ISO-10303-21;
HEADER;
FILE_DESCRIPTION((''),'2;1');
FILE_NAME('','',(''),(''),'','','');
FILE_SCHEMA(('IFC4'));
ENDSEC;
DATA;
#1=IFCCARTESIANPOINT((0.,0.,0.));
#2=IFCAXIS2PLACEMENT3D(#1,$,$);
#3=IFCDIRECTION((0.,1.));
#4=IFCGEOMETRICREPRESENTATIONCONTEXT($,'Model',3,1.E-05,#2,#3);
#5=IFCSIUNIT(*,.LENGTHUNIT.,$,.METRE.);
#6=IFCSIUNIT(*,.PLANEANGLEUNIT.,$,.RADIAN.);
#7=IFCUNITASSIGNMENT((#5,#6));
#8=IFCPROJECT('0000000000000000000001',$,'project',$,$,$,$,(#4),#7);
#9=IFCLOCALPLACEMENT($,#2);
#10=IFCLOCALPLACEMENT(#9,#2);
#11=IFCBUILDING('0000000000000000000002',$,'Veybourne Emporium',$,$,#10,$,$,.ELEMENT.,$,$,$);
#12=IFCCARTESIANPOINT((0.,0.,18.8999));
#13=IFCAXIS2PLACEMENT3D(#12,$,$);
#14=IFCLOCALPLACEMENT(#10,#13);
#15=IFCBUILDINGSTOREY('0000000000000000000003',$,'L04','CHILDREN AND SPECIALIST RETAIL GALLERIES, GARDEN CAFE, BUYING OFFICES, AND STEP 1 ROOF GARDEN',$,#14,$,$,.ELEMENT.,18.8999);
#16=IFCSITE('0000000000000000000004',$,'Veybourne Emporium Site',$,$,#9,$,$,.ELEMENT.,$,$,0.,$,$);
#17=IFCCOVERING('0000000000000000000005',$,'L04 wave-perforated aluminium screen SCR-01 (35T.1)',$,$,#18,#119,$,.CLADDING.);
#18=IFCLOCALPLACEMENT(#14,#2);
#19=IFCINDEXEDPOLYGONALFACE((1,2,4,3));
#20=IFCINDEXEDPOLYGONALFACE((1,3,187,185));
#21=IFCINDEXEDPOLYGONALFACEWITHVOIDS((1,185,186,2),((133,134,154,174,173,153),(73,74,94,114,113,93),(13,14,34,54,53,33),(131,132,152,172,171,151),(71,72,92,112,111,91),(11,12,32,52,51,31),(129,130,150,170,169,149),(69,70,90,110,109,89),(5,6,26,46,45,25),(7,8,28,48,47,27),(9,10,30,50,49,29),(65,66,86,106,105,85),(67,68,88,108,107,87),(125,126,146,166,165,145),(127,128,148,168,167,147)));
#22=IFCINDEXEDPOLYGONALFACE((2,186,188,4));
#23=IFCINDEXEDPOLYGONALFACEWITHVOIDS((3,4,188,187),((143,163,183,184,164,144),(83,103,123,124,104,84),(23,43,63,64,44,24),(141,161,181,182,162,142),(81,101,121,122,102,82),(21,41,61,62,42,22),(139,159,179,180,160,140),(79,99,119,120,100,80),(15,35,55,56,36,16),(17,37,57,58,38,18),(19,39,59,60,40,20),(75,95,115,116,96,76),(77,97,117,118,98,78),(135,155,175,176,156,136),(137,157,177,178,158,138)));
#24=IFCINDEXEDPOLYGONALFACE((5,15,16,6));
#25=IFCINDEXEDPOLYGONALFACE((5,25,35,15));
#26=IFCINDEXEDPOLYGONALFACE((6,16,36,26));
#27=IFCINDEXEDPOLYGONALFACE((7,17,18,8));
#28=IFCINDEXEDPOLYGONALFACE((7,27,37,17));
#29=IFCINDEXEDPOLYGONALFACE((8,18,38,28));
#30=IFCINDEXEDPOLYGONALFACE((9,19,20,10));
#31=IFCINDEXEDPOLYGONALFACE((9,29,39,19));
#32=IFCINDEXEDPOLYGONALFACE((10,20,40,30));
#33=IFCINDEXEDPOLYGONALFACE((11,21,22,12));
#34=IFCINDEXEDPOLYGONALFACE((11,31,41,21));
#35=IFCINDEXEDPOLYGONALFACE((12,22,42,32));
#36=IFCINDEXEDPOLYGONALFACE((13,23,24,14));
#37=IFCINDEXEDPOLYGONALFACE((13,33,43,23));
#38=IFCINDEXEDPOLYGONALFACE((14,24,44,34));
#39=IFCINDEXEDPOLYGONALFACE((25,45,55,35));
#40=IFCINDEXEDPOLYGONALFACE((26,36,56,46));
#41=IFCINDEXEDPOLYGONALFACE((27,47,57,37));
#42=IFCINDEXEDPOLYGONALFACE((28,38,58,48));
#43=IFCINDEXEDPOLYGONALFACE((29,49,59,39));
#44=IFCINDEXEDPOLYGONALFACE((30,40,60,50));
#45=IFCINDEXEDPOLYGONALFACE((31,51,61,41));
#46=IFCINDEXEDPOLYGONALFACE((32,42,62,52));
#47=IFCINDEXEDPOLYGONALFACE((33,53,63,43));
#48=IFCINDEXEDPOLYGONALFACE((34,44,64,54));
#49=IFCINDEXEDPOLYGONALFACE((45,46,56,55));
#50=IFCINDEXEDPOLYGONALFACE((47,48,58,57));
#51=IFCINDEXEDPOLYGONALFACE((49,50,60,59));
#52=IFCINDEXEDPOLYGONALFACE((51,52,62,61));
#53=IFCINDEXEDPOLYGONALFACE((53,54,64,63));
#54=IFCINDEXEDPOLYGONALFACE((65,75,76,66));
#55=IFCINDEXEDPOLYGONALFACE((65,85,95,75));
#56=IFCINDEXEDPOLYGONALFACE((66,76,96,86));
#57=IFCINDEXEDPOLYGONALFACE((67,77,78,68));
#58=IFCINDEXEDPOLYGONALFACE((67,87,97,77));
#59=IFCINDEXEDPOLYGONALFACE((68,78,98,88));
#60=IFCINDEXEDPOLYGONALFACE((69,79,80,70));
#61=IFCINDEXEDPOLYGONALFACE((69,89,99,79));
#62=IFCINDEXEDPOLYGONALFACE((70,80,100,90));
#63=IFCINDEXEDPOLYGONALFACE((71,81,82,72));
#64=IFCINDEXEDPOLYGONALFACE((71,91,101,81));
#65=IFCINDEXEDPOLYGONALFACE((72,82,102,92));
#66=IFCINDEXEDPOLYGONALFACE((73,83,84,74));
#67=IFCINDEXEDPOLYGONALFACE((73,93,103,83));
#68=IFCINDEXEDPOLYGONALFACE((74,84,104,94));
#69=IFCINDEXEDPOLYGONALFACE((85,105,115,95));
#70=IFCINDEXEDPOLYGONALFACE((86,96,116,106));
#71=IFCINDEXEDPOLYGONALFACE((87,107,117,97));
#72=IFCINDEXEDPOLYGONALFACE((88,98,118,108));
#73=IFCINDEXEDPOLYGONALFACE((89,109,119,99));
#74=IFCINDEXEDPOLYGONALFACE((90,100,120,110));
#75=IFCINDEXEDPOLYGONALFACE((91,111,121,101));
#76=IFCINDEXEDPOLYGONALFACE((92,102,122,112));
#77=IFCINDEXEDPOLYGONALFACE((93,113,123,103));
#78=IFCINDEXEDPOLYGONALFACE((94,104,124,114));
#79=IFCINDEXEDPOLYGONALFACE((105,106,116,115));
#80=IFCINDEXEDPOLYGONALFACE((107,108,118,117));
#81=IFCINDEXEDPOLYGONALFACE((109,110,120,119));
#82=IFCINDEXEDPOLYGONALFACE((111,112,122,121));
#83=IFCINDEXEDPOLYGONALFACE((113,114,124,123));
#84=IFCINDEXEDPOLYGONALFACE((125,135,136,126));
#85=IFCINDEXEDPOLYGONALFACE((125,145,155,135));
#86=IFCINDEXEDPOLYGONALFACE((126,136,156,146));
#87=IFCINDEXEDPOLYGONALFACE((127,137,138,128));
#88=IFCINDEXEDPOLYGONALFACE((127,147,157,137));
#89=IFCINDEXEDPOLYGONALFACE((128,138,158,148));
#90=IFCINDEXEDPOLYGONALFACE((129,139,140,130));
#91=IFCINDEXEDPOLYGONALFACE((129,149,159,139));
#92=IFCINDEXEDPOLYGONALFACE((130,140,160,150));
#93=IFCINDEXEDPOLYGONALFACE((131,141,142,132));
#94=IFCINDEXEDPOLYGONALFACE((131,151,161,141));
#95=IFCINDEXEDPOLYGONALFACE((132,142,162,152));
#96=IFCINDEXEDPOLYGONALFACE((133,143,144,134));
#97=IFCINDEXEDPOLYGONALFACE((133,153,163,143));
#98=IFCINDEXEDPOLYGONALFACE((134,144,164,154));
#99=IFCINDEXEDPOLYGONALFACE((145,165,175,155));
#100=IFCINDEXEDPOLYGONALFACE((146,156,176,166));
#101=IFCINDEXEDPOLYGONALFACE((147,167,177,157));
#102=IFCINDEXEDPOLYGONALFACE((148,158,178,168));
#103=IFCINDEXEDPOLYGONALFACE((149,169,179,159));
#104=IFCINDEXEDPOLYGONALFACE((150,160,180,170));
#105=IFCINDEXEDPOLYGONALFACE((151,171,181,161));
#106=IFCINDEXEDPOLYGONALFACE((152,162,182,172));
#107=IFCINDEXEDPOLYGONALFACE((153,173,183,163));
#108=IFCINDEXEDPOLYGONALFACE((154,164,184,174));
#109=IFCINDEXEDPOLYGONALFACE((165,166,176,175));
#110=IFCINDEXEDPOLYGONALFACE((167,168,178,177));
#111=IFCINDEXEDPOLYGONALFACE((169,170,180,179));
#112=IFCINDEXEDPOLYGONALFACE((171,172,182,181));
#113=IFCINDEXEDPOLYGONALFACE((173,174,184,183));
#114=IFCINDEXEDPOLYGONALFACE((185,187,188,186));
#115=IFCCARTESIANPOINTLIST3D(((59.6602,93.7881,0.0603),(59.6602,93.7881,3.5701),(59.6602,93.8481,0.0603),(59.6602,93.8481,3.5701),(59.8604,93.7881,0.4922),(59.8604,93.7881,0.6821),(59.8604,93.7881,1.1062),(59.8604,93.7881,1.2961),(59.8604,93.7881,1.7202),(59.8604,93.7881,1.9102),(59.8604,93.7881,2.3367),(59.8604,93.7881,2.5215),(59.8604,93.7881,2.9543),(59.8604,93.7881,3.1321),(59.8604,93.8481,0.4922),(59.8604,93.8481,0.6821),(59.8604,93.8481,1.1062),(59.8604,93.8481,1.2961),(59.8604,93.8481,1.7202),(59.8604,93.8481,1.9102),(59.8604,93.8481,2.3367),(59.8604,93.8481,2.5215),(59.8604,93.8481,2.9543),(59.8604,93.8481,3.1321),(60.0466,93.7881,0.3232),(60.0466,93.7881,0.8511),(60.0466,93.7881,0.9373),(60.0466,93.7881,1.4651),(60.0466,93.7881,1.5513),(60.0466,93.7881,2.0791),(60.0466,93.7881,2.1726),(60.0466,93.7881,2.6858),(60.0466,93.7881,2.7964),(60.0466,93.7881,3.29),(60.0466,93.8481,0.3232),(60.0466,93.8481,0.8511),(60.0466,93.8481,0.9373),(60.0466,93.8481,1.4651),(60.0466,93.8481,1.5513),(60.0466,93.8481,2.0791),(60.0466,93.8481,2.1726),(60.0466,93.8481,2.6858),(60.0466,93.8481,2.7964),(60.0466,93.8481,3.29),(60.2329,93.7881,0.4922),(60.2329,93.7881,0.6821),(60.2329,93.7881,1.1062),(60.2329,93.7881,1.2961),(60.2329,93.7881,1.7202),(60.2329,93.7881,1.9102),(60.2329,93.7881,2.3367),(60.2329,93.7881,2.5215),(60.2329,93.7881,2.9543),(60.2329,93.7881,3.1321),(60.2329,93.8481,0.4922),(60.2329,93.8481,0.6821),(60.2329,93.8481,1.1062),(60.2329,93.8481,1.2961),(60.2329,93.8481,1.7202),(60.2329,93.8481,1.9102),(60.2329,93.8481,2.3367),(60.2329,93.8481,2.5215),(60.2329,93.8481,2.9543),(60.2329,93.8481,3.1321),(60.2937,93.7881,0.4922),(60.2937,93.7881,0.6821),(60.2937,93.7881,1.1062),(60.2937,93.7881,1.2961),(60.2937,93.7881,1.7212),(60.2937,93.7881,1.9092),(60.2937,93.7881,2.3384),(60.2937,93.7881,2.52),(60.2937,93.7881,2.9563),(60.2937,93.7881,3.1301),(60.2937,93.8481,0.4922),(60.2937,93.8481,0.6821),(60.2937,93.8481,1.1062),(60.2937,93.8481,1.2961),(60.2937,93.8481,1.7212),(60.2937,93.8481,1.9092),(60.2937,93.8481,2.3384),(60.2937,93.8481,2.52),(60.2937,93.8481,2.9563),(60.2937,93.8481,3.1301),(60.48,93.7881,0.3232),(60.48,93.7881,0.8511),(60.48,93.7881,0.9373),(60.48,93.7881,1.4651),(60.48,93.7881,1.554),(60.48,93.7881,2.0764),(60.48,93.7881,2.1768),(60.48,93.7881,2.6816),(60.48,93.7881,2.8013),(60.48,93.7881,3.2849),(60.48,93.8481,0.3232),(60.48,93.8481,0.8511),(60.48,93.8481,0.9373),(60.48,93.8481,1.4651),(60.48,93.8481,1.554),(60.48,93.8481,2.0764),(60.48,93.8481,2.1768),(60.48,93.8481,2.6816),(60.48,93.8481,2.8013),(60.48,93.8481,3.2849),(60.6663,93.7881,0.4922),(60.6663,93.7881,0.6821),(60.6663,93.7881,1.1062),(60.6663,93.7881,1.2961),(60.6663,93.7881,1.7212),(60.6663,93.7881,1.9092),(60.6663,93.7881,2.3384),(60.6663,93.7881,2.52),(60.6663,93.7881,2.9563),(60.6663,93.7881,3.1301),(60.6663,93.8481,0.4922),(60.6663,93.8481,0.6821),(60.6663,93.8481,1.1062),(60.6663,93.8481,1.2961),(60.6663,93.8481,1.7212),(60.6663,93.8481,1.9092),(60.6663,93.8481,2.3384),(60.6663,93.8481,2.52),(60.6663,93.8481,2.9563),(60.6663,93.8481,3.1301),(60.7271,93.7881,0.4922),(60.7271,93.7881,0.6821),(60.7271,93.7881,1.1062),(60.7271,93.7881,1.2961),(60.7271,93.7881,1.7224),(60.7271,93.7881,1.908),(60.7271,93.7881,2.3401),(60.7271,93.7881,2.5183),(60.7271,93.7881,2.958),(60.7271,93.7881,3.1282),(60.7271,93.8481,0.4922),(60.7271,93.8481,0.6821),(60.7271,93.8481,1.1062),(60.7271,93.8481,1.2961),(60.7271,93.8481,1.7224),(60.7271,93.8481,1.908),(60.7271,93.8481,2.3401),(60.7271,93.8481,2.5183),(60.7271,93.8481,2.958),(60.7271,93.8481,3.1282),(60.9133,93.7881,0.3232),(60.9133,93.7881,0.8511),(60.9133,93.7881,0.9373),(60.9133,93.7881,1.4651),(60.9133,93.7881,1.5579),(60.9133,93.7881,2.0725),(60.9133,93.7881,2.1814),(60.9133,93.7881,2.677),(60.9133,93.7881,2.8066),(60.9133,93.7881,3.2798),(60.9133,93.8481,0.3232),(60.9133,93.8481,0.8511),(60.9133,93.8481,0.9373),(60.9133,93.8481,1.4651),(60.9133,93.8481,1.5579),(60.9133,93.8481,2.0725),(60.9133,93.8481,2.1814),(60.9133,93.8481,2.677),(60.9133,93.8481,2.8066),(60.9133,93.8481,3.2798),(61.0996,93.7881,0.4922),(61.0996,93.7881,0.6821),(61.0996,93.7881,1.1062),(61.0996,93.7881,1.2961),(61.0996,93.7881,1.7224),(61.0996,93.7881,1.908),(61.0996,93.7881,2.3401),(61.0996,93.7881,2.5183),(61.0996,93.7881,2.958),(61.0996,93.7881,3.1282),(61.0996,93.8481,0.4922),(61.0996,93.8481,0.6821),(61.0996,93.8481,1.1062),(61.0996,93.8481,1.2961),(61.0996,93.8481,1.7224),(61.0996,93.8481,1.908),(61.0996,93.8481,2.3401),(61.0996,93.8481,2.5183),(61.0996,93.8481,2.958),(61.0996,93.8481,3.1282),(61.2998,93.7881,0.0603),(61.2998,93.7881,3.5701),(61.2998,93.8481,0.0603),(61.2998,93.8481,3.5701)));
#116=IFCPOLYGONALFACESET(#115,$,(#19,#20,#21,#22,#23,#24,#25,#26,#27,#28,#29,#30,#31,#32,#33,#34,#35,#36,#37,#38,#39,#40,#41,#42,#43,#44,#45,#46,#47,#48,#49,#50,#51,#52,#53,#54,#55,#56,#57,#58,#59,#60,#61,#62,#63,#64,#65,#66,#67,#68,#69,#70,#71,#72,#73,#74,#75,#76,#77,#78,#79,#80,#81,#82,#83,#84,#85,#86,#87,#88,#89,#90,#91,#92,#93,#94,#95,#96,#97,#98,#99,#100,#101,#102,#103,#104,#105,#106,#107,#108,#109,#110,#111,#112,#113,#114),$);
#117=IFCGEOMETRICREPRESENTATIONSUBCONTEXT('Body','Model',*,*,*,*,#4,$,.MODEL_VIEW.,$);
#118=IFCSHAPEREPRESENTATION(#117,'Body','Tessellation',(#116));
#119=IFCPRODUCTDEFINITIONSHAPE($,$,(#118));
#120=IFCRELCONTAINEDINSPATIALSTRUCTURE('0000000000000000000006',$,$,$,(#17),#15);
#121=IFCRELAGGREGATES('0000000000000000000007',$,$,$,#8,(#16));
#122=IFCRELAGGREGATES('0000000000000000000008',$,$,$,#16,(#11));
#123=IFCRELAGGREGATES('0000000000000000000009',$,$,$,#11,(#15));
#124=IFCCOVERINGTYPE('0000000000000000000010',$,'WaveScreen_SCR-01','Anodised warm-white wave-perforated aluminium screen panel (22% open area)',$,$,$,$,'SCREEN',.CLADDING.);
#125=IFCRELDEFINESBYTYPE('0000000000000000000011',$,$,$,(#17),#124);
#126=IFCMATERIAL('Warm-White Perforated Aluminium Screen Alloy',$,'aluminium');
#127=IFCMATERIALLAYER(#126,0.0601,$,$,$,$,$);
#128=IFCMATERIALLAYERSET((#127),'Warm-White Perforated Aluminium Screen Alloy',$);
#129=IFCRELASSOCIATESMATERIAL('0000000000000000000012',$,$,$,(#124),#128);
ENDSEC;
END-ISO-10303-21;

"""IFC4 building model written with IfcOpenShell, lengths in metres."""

from ifc_helpers import new_model, si_unit, direction, frame, origin, place, context, subcontext, project, spatial, polyline, outline, extrude, material, layer, layer_set, type_object, element, save


model = new_model("IFC4")

# Units and contexts
model_context = context("Model", 3, precision=1e-05, world=origin(), true_north=direction((0.0, 1.0)))
body_context = subcontext(model_context, "Body", "Model", "MODEL_VIEW")
ifc_project = project(units=[si_unit("LENGTHUNIT", "METRE"), si_unit("PLANEANGLEUNIT", "RADIAN")], contexts=[model_context])

# Site, building, storey
site_placement = place(None, origin())
site = spatial("IfcSite", under=ifc_project, at=site_placement, Name="Veybourne Emporium Site", CompositionType="ELEMENT", RefElevation=0.0)
building_placement = place(site_placement, origin())
building = spatial("IfcBuilding", under=site, at=building_placement, Name="Veybourne Emporium", CompositionType="ELEMENT")
storey_placement = place(building_placement, frame((0.0, 0.0, 18.8999)))
storey = spatial("IfcBuildingStorey", under=building, at=storey_placement, Name="L04", Description="CHILDREN AND SPECIALIST RETAIL GALLERIES, GARDEN CAFE, BUYING OFFICES, AND STEP 1 ROOF GARDEN", CompositionType="ELEMENT", Elevation=18.8999)

# Covering
ifc_material_1 = material(Name="Warm-White Perforated Aluminium Screen Alloy", Category="aluminium")
ifc_layer_1 = layer(ifc_material_1, 0.0601)
ifc_layer_set_1 = layer_set([ifc_layer_1], Name="Warm-White Perforated Aluminium Screen Alloy")
covering_type_1 = type_object("IfcCoveringType", Name="WaveScreen_SCR-01", Description="Anodised warm-white wave-perforated aluminium screen panel (22% open area)", ElementType="SCREEN", PredefinedType="CLADDING", material=ifc_layer_set_1)
covering_1_placement = place(storey_placement, frame((60.48, 93.8481, 1.8152), z_axis=(0.0, -1.0, 0.0), x_axis=(1.0, 0.0, 0.0)))
element("IfcCovering", 1, at=covering_1_placement, inside=storey, type_object=covering_type_1, Name="L04 wave-perforated aluminium screen SCR-01 (35T.1)", PredefinedType="CLADDING", context=body_context, shape_type="SweptSolid", body=[
    extrude(outline(polyline([(-0.8198, -1.7549), (0.8198, -1.7549), (0.8198, 1.7549), (-0.8198, 1.7549), (-0.8198, -1.7549)]), holes=[polyline([(-0.4333, -0.9641), (-0.2471, -1.1331), (-0.2471, -1.323), (-0.4333, -1.4919), (-0.6196, -1.323), (-0.6196, -1.1331), (-0.4333, -0.9641)]), polyline([(-0.4333, -0.3501), (-0.2471, -0.519), (-0.2471, -0.709), (-0.4333, -0.8779), (-0.6196, -0.709), (-0.6196, -0.519), (-0.4333, -0.3501)]), polyline([(-0.4333, 0.2639), (-0.2471, 0.095), (-0.2471, -0.095), (-0.4333, -0.2639), (-0.6196, -0.095), (-0.6196, 0.095), (-0.4333, 0.2639)]), polyline([(-0.4333, 0.8706), (-0.2471, 0.7063), (-0.2471, 0.5215), (-0.4333, 0.3574), (-0.6196, 0.5215), (-0.6196, 0.7063), (-0.4333, 0.8706)]), polyline([(-0.4333, 1.4749), (-0.2471, 1.3169), (-0.2471, 1.1392), (-0.4333, 0.9812), (-0.6196, 1.1392), (-0.6196, 1.3169), (-0.4333, 1.4749)]), polyline([(0.0, -0.9641), (0.1863, -1.1331), (0.1863, -1.323), (0.0, -1.4919), (-0.1863, -1.323), (-0.1863, -1.1331), (0.0, -0.9641)]), polyline([(0.0, -0.3501), (0.1863, -0.519), (0.1863, -0.709), (0.0, -0.8779), (-0.1863, -0.709), (-0.1863, -0.519), (0.0, -0.3501)]), polyline([(0.0, 0.2612), (0.1863, 0.094), (0.1863, -0.094), (0.0, -0.2612), (-0.1863, -0.094), (-0.1863, 0.094), (0.0, 0.2612)]), polyline([(0.0, 0.8665), (0.1863, 0.7048), (0.1863, 0.5232), (0.0, 0.3616), (-0.1863, 0.5232), (-0.1863, 0.7048), (0.0, 0.8665)]), polyline([(0.0, 1.4697), (0.1863, 1.3149), (0.1863, 1.1411), (0.0, 0.9861), (-0.1863, 1.1411), (-0.1863, 1.3149), (0.0, 1.4697)]), polyline([(0.4333, -0.9641), (0.6196, -1.1331), (0.6196, -1.323), (0.4333, -1.4919), (0.2471, -1.323), (0.2471, -1.1331), (0.4333, -0.9641)]), polyline([(0.4333, -0.3501), (0.6196, -0.519), (0.6196, -0.709), (0.4333, -0.8779), (0.2471, -0.709), (0.2471, -0.519), (0.4333, -0.3501)]), polyline([(0.4333, 0.2573), (0.6196, 0.0928), (0.6196, -0.0928), (0.4333, -0.2573), (0.2471, -0.0928), (0.2471, 0.0928), (0.4333, 0.2573)]), polyline([(0.4333, 0.8618), (0.6196, 0.7031), (0.6196, 0.5249), (0.4333, 0.3662), (0.2471, 0.5249), (0.2471, 0.7031), (0.4333, 0.8618)]), polyline([(0.4333, 1.4646), (0.6196, 1.313), (0.6196, 1.1428), (0.4333, 0.9915), (0.2471, 1.1428), (0.2471, 1.313), (0.4333, 1.4646)])]), origin(), (0.0, 0.0, 1.0), 0.0601),
])

save(model, "model.ifc")
